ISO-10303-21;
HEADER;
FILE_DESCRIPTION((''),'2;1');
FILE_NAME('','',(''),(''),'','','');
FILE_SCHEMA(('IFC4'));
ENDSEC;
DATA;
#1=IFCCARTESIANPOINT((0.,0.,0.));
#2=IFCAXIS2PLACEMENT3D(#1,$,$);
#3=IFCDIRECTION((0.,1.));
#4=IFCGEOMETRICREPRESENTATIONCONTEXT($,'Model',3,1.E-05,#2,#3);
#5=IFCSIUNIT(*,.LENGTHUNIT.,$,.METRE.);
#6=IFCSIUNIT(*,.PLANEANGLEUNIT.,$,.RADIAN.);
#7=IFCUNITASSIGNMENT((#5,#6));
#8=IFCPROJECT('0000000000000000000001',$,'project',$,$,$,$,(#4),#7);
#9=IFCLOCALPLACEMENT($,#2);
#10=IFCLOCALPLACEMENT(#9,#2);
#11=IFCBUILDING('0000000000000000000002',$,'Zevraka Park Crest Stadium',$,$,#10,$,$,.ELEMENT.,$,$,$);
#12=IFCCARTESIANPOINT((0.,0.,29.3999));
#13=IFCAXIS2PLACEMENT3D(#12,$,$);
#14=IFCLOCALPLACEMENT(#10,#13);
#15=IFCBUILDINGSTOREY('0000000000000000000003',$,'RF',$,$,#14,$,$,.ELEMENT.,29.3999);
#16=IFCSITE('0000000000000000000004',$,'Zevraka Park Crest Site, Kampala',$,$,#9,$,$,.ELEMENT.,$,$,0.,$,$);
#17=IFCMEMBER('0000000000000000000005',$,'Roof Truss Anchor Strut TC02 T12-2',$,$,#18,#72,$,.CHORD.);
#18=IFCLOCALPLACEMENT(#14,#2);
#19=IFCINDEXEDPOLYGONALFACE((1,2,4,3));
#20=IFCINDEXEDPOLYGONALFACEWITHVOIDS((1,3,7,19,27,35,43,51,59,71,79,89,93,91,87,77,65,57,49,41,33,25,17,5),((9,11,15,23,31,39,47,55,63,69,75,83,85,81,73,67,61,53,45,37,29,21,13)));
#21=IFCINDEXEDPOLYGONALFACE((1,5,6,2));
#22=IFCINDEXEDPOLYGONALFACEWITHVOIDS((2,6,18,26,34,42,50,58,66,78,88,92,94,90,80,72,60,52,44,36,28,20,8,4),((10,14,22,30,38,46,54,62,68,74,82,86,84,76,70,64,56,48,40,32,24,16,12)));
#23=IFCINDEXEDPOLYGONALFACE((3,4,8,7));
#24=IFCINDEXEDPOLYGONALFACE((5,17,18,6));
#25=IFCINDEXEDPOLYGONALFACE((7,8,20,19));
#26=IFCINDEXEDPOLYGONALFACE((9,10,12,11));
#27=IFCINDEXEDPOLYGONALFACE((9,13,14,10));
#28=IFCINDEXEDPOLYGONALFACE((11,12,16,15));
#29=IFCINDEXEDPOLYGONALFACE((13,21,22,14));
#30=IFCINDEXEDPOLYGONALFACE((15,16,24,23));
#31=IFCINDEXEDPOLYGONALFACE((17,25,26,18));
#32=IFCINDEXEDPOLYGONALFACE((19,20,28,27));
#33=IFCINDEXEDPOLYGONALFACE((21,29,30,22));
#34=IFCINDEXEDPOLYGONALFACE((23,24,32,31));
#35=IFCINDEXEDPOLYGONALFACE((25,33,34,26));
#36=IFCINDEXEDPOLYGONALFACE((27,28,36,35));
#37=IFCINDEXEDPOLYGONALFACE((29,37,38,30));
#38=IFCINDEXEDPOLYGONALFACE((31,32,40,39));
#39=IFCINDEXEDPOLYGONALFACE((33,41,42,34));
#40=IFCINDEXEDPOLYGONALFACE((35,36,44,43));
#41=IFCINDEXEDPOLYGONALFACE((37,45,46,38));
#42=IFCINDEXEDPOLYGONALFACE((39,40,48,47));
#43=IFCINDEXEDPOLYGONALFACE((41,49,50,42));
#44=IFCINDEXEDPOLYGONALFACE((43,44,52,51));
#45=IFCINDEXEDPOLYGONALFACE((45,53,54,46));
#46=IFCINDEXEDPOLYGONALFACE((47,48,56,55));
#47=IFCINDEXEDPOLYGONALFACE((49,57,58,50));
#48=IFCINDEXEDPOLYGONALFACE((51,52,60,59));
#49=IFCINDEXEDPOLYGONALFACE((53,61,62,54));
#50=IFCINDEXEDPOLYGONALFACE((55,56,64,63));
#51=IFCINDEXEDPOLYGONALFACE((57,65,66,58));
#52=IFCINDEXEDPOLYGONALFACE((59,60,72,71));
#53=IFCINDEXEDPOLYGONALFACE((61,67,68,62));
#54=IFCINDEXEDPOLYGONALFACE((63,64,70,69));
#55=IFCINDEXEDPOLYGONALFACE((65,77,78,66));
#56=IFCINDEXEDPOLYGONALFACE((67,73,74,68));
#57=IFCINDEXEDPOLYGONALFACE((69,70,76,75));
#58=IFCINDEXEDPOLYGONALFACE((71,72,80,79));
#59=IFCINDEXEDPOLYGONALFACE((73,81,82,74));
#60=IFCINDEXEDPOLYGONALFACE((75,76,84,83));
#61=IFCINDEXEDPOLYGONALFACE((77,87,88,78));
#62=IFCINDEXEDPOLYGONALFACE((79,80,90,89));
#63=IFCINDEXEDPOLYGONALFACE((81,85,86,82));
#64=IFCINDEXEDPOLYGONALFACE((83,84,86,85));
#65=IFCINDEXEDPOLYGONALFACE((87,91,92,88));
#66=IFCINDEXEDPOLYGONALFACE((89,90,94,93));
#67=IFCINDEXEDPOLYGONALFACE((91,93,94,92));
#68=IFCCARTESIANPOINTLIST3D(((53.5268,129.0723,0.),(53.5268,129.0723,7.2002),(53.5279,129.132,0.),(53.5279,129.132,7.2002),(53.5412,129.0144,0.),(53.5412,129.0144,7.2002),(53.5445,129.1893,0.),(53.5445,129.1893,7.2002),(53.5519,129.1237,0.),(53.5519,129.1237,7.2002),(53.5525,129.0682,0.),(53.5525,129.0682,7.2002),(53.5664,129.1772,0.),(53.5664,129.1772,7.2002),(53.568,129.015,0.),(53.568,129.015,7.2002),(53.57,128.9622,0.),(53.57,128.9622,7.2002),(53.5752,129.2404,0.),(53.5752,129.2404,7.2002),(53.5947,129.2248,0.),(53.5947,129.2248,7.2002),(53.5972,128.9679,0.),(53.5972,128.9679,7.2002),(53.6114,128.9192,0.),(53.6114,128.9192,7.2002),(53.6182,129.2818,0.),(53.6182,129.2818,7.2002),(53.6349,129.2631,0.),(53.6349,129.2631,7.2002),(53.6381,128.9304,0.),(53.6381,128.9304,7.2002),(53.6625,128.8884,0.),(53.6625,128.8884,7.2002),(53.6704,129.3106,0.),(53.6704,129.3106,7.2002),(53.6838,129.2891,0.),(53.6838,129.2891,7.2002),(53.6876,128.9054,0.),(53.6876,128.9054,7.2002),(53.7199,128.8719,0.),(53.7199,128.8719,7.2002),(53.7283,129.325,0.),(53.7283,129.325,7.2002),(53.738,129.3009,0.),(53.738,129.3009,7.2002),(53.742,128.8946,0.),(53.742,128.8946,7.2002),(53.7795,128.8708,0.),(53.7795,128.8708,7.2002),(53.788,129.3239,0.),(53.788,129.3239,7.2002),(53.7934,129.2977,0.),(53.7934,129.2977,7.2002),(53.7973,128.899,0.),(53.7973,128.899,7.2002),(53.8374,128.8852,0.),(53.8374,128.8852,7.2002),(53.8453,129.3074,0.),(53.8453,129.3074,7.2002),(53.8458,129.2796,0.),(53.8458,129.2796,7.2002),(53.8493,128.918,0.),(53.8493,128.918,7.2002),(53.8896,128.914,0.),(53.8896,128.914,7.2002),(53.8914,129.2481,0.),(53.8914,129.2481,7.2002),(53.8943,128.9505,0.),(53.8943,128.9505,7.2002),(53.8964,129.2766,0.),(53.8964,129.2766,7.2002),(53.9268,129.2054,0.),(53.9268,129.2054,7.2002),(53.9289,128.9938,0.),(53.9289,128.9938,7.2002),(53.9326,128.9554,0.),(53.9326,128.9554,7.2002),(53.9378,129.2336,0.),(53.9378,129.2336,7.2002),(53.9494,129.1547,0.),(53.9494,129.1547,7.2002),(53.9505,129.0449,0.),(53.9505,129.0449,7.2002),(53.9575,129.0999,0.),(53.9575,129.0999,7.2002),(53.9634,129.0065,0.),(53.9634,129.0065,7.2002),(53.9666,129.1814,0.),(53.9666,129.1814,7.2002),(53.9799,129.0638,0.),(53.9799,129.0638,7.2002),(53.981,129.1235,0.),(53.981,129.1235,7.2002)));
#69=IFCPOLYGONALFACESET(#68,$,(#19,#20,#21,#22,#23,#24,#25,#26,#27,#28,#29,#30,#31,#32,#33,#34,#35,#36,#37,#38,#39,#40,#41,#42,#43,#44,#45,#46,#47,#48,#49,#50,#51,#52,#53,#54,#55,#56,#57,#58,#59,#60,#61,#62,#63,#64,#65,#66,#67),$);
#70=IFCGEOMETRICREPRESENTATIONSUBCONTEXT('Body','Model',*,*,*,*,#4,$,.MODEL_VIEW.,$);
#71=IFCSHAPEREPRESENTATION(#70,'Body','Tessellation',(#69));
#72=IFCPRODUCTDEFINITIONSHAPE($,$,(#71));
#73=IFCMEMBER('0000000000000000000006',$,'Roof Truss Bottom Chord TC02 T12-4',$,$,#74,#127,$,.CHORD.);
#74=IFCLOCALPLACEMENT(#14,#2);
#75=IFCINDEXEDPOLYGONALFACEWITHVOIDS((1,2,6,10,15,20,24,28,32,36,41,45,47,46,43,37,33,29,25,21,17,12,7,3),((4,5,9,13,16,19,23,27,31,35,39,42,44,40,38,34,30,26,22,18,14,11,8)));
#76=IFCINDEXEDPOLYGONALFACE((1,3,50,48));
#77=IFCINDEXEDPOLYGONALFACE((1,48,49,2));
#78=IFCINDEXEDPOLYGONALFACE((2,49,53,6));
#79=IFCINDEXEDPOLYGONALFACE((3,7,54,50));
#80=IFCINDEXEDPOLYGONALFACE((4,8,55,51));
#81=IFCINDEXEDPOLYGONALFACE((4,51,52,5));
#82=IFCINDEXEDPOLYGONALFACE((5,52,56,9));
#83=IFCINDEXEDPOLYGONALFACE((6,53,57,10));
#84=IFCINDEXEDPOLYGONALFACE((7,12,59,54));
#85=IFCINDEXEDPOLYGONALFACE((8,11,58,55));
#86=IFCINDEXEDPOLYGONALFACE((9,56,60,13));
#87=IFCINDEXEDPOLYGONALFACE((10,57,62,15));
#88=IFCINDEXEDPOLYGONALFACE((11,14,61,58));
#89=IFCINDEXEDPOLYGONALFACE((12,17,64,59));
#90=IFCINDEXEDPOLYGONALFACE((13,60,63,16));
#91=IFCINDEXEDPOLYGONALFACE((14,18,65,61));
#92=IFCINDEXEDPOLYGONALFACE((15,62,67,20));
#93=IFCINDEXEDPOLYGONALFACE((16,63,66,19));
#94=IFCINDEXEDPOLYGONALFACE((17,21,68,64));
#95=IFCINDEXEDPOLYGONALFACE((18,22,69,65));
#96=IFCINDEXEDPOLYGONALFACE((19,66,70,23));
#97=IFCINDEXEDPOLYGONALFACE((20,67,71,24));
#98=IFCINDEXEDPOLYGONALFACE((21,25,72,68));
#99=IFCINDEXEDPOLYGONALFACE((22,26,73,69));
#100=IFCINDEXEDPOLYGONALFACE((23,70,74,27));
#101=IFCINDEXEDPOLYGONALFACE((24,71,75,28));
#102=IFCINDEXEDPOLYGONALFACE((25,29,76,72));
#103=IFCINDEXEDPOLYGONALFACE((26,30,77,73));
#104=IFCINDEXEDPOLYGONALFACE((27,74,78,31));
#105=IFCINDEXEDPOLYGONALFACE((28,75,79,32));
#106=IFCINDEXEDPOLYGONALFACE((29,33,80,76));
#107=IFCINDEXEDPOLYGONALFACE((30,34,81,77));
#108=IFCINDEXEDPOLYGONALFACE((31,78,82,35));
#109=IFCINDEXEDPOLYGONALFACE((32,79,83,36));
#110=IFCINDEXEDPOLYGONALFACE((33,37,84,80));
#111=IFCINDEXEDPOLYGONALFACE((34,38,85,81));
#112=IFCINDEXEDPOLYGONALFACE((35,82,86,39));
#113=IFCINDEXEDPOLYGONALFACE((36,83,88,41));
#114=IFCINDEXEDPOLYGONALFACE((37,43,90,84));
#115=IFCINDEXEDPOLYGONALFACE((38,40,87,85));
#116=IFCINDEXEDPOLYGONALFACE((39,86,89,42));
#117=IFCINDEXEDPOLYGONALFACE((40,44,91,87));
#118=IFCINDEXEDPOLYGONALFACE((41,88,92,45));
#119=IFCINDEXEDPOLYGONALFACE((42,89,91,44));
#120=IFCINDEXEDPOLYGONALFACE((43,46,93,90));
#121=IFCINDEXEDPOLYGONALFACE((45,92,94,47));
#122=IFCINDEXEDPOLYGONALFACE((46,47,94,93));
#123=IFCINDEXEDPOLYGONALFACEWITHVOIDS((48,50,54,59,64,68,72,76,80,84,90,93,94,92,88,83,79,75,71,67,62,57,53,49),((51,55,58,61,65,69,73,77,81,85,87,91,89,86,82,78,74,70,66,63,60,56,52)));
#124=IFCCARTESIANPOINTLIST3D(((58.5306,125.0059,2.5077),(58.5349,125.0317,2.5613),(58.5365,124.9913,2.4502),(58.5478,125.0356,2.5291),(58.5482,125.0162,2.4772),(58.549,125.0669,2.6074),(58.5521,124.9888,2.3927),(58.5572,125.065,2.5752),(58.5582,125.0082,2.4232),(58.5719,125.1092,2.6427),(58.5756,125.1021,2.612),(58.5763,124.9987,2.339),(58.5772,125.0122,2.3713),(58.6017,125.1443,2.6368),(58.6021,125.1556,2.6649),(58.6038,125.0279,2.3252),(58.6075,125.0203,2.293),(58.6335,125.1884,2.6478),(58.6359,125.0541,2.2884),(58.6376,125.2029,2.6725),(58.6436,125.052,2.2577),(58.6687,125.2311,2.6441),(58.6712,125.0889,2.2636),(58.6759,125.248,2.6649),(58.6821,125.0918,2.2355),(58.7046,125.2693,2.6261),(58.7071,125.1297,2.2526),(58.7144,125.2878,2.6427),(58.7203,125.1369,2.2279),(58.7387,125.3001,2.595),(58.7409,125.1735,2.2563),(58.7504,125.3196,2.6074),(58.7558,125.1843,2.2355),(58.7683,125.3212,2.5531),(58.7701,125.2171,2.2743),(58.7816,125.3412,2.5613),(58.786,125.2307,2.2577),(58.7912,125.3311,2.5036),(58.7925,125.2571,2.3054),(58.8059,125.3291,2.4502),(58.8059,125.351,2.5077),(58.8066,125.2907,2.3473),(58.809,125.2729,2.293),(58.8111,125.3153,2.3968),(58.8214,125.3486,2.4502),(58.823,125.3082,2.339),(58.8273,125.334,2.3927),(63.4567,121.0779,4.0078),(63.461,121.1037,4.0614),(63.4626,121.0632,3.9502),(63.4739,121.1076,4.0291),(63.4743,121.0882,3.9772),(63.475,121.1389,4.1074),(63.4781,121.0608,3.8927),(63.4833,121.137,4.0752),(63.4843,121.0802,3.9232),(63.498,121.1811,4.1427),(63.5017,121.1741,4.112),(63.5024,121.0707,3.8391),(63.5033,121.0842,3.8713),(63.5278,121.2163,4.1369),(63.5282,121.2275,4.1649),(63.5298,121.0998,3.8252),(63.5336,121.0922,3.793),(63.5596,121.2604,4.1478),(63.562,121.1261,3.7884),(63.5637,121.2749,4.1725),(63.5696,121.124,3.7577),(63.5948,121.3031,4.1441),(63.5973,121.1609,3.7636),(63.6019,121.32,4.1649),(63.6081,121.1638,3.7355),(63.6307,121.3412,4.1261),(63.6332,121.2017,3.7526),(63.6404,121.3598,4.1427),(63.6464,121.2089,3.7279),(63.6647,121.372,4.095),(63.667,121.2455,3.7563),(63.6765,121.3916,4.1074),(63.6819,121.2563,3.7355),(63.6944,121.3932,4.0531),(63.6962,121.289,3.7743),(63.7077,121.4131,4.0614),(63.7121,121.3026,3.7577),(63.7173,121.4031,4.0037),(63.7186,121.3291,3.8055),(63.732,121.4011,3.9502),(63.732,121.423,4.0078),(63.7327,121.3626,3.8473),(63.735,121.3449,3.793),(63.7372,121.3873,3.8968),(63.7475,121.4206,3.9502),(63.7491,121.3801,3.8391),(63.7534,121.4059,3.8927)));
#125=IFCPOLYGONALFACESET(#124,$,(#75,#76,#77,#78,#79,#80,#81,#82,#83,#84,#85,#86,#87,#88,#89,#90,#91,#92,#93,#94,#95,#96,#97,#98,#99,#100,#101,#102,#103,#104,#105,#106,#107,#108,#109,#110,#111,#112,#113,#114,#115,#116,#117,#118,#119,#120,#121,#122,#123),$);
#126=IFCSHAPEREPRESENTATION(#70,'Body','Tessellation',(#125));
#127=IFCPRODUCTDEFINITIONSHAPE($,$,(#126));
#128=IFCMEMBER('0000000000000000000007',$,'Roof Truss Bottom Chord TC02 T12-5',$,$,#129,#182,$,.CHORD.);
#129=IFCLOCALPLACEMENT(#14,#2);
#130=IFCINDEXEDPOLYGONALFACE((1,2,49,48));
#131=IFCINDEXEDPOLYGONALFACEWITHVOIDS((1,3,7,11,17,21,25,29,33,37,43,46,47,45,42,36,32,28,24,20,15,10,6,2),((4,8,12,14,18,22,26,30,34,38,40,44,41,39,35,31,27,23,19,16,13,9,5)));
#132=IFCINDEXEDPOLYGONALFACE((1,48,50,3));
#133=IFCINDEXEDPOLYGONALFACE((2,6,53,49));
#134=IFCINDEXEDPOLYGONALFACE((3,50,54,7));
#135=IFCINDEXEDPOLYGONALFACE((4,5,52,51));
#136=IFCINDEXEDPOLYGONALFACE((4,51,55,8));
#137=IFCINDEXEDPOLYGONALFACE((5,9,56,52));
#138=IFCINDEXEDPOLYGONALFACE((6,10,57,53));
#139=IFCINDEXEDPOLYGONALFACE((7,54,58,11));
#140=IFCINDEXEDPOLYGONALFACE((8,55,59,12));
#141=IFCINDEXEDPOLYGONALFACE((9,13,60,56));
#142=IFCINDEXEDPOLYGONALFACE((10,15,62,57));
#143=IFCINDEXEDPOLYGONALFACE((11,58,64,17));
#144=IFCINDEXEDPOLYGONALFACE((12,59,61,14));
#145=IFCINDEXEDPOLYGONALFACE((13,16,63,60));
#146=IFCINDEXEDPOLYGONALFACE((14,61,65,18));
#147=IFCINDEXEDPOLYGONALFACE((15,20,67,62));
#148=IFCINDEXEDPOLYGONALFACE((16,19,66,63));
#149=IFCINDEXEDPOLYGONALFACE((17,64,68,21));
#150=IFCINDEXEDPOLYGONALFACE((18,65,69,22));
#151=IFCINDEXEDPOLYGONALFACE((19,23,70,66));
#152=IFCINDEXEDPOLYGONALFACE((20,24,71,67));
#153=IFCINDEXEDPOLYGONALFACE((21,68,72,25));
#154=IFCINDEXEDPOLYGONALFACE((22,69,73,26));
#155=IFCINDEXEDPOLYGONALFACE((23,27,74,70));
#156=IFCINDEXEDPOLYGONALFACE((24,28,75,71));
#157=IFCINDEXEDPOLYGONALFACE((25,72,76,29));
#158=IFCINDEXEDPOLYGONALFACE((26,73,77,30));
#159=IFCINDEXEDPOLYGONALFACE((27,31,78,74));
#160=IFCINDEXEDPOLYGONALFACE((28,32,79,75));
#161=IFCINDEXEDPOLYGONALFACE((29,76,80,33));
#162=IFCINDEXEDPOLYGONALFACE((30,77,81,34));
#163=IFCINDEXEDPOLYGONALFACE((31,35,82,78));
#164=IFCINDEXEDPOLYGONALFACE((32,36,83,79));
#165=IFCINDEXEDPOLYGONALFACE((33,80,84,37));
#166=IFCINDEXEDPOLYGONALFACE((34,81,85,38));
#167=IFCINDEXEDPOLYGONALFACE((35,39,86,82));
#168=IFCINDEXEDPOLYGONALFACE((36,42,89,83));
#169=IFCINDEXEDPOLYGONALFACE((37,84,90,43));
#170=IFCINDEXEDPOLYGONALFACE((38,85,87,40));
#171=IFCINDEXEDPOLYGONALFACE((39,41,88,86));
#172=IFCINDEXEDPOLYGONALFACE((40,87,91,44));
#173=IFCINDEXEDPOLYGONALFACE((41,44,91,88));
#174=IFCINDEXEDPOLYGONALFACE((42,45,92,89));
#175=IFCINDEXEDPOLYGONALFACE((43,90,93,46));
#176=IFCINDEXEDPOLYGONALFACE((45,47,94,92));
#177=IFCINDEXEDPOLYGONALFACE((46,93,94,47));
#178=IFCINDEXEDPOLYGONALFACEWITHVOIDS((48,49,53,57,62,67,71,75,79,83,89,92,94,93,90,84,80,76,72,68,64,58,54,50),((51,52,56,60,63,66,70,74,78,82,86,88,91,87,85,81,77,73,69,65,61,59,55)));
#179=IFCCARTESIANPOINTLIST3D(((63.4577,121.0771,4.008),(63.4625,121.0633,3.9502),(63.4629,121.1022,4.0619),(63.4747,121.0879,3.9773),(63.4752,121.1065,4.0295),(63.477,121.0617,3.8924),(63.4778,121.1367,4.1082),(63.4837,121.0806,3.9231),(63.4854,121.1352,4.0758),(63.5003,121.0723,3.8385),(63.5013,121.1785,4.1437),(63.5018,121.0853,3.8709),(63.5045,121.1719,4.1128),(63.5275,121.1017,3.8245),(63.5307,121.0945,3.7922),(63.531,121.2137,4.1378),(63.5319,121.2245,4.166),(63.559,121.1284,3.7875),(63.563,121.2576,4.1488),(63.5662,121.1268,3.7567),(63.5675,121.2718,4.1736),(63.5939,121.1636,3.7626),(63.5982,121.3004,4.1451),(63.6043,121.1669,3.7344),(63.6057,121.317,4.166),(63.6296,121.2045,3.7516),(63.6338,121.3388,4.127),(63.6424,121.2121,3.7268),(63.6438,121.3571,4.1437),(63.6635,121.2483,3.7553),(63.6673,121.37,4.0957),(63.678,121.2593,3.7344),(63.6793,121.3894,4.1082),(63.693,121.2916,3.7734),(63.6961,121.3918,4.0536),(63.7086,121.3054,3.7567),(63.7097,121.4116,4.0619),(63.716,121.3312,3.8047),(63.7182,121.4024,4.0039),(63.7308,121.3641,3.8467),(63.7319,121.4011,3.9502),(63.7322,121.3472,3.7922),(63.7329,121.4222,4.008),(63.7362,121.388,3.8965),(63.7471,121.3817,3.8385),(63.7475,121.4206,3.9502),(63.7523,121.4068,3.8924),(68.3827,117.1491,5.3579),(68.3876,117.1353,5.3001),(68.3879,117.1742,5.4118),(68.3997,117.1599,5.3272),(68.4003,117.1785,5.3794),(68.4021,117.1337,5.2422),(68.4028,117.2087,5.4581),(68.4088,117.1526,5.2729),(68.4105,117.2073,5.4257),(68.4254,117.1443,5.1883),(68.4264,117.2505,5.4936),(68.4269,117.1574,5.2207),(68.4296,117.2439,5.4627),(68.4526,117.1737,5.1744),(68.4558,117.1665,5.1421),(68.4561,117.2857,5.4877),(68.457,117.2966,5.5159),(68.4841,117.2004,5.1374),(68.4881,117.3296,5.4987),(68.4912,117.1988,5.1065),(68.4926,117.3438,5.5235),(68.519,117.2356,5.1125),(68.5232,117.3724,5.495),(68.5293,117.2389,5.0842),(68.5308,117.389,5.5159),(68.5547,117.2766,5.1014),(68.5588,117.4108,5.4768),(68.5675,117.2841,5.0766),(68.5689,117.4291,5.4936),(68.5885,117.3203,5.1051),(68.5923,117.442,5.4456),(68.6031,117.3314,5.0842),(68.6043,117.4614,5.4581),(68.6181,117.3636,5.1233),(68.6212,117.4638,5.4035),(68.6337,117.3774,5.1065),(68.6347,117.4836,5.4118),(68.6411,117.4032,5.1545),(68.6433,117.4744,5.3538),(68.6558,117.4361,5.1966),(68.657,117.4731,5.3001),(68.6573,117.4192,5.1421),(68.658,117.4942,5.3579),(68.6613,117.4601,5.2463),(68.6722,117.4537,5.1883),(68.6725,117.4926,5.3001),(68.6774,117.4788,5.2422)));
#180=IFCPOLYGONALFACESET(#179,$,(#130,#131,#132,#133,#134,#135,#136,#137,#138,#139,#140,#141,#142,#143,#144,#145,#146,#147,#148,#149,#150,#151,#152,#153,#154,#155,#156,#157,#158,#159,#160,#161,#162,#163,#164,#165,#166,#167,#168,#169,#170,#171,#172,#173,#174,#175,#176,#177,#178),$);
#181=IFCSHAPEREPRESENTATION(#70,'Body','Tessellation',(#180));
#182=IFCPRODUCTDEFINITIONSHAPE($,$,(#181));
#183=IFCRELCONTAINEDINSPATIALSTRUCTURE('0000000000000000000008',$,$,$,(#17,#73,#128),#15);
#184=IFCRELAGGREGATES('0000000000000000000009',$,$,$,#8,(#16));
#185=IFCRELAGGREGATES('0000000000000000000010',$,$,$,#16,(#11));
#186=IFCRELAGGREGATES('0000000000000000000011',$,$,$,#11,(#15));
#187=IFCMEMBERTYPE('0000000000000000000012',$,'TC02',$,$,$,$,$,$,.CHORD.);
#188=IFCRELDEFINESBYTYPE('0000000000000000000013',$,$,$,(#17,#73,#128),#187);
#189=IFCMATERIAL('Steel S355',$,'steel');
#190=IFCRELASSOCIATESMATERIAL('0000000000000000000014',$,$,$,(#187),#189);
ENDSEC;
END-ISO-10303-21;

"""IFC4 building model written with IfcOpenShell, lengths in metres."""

from ifc_helpers import new_model, si_unit, direction, frame, origin, origin_2d, place, context, subcontext, project, spatial, hollow_circle, extrude, material, material_profile, profile_set, type_object, element, save


model = new_model("IFC4")

# Units and contexts
model_context = context("Model", 3, precision=1e-05, world=origin(), true_north=direction((0.0, 1.0)))
body_context = subcontext(model_context, "Body", "Model", "MODEL_VIEW")
ifc_project = project(units=[si_unit("LENGTHUNIT", "METRE"), si_unit("PLANEANGLEUNIT", "RADIAN")], contexts=[model_context])

# Site, building, storey
site_placement = place(None, origin())
site = spatial("IfcSite", under=ifc_project, at=site_placement, Name="Zevraka Park Crest Site, Kampala", CompositionType="ELEMENT", RefElevation=0.0)
building_placement = place(site_placement, origin())
building = spatial("IfcBuilding", under=site, at=building_placement, Name="Zevraka Park Crest Stadium", CompositionType="ELEMENT")
storey_placement = place(building_placement, frame((0.0, 0.0, 29.3999)))
storey = spatial("IfcBuildingStorey", under=building, at=storey_placement, Name="RF", CompositionType="ELEMENT", Elevation=29.3999)

# Members
ifc_material_1 = material(Name="Steel S355", Category="steel")
ifc_material_profile_1 = material_profile(ifc_material_1, hollow_circle(Radius=0.2285, WallThickness=0.0249, at=origin_2d()), Name="CHS 457.0x25")
ifc_profile_set_1 = profile_set([ifc_material_profile_1], Name="Steel S355")
member_type_1 = type_object("IfcMemberType", Name="TC02", PredefinedType="CHORD", material=ifc_profile_set_1)
member_1_placement = place(storey_placement, frame((53.7539, 129.0979, 0.0), z_axis=(0.0, 0.0, 1.0), x_axis=(-0.781847, 0.62347, 0.0)))
element("IfcMember", 1, at=member_1_placement, inside=storey, type_object=member_type_1, Name="Roof Truss Anchor Strut TC02 T12-2", PredefinedType="CHORD", context=body_context, shape_type="SweptSolid", body=[
    extrude(hollow_circle(Radius=0.2285, WallThickness=0.0249, at=origin_2d()), origin(), (0.0, 0.0, 1.0), 7.2002),
])
member_2_placement = place(storey_placement, frame((58.679, 125.1699, 2.4502), z_axis=(0.760603, -0.606499, 0.231607), x_axis=(0.623451, 0.781862, 0.0)))
element("IfcMember", 2, at=member_2_placement, inside=storey, type_object=member_type_1, Name="Roof Truss Bottom Chord TC02 T12-4", PredefinedType="CHORD", context=body_context, shape_type="SweptSolid", body=[
    extrude(hollow_circle(Radius=0.2285, WallThickness=0.0249, at=origin_2d()), origin(), (0.0, 0.0, 1.0), 6.4766),
])
member_3_placement = place(storey_placement, frame((63.605, 121.2419, 3.9502), z_axis=(0.764449, -0.609687, 0.20952), x_axis=(0.623527, 0.781802, 0.0)))
element("IfcMember", 3, at=member_3_placement, inside=storey, type_object=member_type_1, Name="Roof Truss Bottom Chord TC02 T12-5", PredefinedType="CHORD", context=body_context, shape_type="SweptSolid", body=[
    extrude(hollow_circle(Radius=0.2285, WallThickness=0.0249, at=origin_2d()), origin(), (0.0, 0.0, 1.0), 6.4426),
])

save(model, "model.ifc")
